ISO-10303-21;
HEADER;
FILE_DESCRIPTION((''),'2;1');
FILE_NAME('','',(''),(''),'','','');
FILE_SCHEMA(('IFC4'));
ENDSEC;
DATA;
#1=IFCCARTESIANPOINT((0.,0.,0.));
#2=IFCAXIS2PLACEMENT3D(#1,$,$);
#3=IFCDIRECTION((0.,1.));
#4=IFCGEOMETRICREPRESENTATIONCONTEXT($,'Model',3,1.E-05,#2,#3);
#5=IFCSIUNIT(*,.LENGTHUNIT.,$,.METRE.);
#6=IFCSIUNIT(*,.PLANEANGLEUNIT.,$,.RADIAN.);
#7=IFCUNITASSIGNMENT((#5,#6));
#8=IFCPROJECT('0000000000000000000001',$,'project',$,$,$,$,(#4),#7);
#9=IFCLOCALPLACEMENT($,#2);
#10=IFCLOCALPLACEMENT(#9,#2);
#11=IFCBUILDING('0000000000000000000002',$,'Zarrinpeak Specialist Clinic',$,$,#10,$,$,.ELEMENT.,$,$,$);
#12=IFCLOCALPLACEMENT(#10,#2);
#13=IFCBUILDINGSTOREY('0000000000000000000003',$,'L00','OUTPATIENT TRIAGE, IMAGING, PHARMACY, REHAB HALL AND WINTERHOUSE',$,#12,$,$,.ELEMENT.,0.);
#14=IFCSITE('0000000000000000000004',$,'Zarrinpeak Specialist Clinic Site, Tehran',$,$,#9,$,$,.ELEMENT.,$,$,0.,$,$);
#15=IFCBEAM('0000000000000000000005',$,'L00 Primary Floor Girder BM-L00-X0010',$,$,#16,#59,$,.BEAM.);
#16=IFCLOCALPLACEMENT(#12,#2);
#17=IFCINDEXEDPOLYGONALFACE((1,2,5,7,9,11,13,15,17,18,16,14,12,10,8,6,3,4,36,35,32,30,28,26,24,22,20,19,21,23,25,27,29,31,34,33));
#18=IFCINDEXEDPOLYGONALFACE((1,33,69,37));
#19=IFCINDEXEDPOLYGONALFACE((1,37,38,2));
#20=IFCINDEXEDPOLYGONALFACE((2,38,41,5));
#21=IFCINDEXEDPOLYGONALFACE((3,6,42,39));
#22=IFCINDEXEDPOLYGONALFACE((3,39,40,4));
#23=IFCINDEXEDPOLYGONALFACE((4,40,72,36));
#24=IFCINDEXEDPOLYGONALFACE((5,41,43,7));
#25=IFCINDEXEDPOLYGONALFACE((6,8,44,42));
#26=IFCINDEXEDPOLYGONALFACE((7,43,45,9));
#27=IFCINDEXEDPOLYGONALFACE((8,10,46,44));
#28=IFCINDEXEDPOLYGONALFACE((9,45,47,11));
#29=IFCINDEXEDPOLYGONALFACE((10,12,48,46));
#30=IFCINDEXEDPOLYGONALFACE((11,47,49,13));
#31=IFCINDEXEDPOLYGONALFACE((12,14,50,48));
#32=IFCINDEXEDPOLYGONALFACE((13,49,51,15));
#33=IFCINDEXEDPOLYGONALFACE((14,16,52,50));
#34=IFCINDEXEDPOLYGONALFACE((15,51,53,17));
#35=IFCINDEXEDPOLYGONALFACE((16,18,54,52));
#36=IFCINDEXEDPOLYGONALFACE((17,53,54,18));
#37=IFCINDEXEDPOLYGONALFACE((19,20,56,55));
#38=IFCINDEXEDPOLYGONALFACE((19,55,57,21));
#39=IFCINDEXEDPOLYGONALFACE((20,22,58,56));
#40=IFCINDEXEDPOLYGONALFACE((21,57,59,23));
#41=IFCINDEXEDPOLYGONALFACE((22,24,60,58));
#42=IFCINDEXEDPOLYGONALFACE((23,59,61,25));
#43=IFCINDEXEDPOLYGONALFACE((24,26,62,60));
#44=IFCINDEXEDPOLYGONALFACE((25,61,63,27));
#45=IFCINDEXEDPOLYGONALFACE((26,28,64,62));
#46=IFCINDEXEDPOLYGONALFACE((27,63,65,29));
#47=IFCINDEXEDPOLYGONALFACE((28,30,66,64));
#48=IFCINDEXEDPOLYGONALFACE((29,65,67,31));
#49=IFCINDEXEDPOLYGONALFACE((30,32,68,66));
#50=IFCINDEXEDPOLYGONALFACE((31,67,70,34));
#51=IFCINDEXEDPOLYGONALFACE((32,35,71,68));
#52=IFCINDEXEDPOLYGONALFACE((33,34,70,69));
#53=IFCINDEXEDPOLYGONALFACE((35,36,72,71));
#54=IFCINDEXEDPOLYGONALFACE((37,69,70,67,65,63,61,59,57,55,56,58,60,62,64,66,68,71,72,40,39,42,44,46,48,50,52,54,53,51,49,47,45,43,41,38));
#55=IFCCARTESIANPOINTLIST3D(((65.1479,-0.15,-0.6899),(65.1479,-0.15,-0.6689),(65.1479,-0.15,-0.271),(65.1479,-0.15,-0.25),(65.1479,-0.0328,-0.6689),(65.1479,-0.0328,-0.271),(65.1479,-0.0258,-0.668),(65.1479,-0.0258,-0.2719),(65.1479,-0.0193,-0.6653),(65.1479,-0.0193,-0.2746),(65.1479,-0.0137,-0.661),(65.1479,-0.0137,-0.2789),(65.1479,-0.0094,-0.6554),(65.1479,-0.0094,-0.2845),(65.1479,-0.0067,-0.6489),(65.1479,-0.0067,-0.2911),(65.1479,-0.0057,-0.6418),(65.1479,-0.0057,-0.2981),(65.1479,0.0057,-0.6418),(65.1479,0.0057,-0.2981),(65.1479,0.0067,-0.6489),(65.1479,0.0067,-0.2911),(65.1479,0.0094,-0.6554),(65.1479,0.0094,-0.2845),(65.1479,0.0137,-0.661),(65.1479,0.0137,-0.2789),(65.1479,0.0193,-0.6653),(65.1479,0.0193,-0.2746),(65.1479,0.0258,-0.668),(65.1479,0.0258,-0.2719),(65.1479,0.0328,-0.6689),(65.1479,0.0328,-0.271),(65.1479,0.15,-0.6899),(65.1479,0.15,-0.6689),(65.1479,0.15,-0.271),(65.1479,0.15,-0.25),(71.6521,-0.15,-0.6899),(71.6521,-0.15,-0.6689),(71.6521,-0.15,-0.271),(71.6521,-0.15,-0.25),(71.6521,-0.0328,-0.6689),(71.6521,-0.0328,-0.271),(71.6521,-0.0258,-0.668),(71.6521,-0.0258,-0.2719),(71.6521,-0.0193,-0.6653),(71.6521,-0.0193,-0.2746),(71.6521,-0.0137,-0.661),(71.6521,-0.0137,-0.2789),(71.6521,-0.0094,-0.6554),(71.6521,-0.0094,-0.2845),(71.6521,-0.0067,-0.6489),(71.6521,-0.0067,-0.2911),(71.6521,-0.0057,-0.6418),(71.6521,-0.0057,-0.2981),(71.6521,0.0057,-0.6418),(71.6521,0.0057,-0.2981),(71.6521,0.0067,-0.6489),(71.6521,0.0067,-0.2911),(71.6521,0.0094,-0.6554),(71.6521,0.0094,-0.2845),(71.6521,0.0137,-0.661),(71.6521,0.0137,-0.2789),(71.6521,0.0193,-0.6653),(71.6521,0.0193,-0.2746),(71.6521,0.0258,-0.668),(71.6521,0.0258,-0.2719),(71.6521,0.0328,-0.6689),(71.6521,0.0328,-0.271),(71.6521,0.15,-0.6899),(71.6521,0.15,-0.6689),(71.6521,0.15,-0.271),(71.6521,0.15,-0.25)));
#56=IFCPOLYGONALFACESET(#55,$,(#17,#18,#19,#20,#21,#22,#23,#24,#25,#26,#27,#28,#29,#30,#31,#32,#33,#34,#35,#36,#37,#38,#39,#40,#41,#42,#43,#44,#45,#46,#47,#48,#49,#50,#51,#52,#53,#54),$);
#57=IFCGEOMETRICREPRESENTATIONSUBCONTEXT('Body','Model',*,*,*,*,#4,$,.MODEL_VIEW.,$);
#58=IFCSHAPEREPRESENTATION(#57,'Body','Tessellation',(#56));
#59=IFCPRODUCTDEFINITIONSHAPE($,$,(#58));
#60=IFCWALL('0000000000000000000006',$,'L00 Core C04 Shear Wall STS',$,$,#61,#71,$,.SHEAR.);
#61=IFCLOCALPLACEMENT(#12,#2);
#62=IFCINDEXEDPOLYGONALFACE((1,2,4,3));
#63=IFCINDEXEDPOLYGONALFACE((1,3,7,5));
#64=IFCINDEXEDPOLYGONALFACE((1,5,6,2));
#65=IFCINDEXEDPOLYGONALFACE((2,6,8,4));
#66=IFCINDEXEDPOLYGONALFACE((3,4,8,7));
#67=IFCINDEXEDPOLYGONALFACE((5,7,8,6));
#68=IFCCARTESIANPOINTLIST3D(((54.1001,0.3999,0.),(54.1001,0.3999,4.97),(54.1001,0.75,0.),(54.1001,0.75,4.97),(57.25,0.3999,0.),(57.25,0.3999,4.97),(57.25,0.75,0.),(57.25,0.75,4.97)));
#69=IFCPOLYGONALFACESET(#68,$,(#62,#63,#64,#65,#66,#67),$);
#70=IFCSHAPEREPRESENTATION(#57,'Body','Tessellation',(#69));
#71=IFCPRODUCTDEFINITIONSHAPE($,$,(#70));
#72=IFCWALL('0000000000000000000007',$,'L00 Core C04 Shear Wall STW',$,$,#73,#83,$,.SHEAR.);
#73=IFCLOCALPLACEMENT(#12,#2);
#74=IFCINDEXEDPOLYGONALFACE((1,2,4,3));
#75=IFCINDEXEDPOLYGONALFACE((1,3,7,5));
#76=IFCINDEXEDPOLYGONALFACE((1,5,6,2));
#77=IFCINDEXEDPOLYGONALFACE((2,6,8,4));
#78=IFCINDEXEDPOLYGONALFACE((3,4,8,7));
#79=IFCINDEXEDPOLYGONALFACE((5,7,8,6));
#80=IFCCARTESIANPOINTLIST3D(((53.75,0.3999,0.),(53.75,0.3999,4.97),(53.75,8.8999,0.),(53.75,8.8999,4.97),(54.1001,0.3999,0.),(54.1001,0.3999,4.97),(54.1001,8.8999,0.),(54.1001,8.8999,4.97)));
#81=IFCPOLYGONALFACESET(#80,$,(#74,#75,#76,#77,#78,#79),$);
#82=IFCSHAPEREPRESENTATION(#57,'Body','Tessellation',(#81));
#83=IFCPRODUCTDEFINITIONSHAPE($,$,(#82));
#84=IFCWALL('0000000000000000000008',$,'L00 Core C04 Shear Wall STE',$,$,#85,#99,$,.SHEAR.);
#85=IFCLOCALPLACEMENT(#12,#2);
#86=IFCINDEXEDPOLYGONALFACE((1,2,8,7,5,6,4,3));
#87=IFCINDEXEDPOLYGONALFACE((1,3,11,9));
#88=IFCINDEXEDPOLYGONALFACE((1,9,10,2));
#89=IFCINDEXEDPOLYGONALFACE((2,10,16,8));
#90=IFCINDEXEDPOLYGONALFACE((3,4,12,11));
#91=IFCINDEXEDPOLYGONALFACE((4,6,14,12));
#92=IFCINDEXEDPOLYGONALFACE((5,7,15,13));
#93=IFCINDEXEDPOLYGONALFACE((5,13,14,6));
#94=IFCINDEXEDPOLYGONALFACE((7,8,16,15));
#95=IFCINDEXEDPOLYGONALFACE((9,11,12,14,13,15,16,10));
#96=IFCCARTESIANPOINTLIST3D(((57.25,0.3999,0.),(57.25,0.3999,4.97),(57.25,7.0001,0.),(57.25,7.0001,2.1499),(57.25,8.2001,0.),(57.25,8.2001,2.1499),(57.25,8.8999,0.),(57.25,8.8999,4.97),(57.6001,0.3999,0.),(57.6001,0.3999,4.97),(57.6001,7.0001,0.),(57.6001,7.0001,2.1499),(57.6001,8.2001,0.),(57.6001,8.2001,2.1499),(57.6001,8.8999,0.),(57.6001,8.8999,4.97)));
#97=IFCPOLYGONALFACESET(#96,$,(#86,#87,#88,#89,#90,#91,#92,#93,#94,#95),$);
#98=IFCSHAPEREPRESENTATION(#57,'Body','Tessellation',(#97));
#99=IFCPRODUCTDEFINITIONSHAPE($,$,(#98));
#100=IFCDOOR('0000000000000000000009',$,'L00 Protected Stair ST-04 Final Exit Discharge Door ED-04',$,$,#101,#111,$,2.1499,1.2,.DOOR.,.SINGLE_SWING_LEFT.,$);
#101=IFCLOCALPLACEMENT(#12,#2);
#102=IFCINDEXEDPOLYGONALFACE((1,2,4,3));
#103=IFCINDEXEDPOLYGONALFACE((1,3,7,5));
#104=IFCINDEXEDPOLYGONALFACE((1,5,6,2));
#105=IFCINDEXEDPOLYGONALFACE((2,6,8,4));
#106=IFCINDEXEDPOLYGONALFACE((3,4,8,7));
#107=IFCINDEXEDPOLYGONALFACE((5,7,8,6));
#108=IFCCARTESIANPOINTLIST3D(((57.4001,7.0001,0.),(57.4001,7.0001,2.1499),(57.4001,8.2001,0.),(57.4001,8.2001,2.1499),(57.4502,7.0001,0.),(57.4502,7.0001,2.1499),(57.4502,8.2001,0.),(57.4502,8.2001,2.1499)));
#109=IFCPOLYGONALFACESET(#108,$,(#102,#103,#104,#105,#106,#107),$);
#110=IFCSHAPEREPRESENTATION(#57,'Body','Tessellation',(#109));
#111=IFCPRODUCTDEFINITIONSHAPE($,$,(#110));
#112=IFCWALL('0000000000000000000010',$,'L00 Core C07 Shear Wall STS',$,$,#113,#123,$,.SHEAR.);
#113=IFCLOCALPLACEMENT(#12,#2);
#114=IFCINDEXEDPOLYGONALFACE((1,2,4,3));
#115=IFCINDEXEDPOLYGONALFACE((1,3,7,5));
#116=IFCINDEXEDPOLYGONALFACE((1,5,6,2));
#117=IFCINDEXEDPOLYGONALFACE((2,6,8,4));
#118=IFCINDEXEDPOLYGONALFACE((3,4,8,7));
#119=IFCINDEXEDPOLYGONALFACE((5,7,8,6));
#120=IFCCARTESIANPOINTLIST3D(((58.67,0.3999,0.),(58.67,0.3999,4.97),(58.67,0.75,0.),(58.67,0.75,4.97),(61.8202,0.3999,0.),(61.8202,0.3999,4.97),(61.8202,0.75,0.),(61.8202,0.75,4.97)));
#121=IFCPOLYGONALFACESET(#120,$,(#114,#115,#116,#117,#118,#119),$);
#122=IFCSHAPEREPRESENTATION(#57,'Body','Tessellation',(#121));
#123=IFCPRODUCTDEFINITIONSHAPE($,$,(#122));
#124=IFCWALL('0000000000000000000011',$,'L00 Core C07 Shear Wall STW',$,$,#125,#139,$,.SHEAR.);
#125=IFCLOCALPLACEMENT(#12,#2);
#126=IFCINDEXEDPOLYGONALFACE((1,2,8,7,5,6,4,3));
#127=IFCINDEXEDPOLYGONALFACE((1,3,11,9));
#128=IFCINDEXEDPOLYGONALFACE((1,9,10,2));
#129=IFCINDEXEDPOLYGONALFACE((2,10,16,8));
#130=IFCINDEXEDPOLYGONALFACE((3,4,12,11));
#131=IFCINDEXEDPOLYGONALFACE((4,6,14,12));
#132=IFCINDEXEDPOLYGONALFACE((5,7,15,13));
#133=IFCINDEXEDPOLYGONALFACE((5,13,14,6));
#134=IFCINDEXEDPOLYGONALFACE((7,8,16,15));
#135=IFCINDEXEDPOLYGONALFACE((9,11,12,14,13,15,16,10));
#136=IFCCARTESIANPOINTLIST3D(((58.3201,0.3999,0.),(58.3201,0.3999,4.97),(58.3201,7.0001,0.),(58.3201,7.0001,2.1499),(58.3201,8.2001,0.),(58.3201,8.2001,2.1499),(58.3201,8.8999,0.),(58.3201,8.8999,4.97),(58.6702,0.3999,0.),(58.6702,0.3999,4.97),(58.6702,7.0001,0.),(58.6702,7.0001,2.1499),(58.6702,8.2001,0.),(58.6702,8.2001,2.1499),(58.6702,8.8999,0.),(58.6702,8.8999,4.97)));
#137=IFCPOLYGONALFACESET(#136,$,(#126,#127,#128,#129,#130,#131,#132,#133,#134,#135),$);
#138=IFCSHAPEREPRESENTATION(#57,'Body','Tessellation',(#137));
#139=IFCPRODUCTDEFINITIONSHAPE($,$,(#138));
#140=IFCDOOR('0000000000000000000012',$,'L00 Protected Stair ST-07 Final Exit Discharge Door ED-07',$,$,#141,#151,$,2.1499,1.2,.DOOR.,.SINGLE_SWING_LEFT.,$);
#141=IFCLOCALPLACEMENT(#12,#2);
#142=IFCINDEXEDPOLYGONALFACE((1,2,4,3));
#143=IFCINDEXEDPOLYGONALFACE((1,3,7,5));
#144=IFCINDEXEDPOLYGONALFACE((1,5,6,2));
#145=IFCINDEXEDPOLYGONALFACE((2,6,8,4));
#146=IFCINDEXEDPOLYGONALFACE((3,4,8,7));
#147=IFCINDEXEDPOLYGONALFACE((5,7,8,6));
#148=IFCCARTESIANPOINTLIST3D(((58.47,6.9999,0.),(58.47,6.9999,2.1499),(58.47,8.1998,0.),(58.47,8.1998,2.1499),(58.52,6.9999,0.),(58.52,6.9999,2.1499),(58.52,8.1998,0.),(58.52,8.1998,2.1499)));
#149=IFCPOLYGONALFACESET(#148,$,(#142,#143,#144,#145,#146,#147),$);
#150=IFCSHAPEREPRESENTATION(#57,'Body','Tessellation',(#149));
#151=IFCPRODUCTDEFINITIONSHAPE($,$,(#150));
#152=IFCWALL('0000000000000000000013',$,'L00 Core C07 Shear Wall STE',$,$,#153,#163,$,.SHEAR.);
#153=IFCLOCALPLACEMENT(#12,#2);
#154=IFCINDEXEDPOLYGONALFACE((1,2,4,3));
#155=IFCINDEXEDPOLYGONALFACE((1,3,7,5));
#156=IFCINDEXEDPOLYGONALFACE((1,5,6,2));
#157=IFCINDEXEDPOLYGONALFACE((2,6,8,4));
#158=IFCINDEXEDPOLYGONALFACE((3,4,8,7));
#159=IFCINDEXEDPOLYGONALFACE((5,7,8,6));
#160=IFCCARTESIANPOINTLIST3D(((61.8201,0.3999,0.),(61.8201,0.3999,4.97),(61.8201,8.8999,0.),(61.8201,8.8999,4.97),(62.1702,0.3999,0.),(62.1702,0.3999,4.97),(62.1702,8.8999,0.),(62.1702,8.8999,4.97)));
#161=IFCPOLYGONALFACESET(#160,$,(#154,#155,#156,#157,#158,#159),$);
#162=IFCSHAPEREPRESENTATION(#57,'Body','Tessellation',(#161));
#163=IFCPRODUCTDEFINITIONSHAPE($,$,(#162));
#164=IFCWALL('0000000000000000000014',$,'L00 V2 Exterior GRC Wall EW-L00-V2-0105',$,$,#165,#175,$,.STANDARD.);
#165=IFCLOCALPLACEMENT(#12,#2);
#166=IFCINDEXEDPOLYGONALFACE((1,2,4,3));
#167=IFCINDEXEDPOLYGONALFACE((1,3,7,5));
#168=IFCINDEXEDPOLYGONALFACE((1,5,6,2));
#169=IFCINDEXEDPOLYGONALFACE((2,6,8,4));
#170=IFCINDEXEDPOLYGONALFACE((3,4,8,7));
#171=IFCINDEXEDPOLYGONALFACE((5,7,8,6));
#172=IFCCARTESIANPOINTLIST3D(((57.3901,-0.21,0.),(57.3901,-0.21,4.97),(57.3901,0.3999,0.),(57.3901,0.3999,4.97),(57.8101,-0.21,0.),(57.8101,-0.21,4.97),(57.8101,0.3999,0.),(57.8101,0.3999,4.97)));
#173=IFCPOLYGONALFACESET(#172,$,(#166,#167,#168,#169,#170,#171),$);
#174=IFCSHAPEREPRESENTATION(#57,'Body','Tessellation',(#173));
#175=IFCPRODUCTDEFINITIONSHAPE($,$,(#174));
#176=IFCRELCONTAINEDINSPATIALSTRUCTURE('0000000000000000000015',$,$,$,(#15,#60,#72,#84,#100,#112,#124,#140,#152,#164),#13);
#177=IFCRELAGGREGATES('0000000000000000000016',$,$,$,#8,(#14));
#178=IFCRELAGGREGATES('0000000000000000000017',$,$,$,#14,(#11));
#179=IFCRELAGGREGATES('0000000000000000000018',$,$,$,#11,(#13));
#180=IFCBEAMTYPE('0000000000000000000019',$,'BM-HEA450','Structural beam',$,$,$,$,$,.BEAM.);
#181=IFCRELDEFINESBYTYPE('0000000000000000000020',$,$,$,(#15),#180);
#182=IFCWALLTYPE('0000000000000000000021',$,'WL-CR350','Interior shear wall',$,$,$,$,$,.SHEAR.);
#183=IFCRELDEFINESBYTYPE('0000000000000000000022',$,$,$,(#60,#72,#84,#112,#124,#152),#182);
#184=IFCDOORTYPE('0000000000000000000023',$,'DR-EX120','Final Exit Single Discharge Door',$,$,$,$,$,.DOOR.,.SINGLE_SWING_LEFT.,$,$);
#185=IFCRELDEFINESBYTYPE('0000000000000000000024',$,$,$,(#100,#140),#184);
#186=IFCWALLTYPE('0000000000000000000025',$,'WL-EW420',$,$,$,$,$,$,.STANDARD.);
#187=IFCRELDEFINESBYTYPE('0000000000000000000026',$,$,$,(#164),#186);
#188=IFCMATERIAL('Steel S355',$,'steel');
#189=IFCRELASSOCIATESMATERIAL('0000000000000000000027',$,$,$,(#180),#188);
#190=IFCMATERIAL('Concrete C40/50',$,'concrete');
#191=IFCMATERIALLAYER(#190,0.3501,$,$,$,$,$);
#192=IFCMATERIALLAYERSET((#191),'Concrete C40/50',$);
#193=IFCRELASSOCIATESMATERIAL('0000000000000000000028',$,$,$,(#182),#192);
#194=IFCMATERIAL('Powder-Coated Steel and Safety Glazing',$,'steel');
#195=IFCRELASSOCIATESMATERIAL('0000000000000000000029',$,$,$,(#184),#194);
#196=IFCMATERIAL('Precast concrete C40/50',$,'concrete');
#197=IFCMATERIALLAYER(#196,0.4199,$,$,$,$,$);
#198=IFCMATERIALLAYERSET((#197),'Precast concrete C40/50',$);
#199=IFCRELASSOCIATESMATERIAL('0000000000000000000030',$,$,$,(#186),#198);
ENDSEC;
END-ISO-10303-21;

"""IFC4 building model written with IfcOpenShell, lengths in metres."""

from ifc_helpers import new_model, si_unit, direction, frame, frame_2d, origin, origin_2d, place, context, subcontext, project, spatial, rectangle, i_section, extrude, material, layer, layer_set, material_profile, profile_set, type_object, element, fill, save


model = new_model("IFC4")

# Units and contexts
model_context = context("Model", 3, precision=1e-05, world=origin(), true_north=direction((0.0, 1.0)))
body_context = subcontext(model_context, "Body", "Model", "MODEL_VIEW")
ifc_project = project(units=[si_unit("LENGTHUNIT", "METRE"), si_unit("PLANEANGLEUNIT", "RADIAN")], contexts=[model_context])

# Site, building, storey
site_placement = place(None, origin())
site = spatial("IfcSite", under=ifc_project, at=site_placement, Name="Zarrinpeak Specialist Clinic Site, Tehran", CompositionType="ELEMENT", RefElevation=0.0)
building_placement = place(site_placement, origin())
building = spatial("IfcBuilding", under=site, at=building_placement, Name="Zarrinpeak Specialist Clinic", CompositionType="ELEMENT")
storey_placement = place(building_placement, origin())
storey = spatial("IfcBuildingStorey", under=building, at=storey_placement, Name="L00", Description="OUTPATIENT TRIAGE, IMAGING, PHARMACY, REHAB HALL AND WINTERHOUSE", CompositionType="ELEMENT", Elevation=0.0)

# Shared definitions
ifc_material_1 = material(Name="Steel S355", Category="steel")

# Beam
ifc_material_profile_1 = material_profile(ifc_material_1, i_section(OverallWidth=0.3, OverallDepth=0.4399, WebThickness=0.0115, FlangeThickness=0.021, FilletRadius=0.0271, at=origin_2d()), Name="HEA 450")
ifc_profile_set_1 = profile_set([ifc_material_profile_1], Name="Steel S355")
beam_type = type_object("IfcBeamType", Name="BM-HEA450", Description="Structural beam", PredefinedType="BEAM", material=ifc_profile_set_1)
beam_1_placement = place(storey_placement, frame((65.1479, 0.0, -0.47), z_axis=(1.0, 0.0, 0.0), x_axis=(0.0, 1.0, 0.0)))
element("IfcBeam", 1, at=beam_1_placement, inside=storey, type_object=beam_type, Name="L00 Primary Floor Girder BM-L00-X0010", PredefinedType="BEAM", context=body_context, shape_type="SweptSolid", body=[
    extrude(i_section(OverallWidth=0.3, OverallDepth=0.4399, WebThickness=0.0115, FlangeThickness=0.021, FilletRadius=0.0271, at=origin_2d()), origin(), (0.0, 0.0, 1.0), 6.5042),
])

# Walls
ifc_material_2 = material(Name="Concrete C40/50", Category="concrete")
ifc_layer_1 = layer(ifc_material_2, 0.3501)
ifc_layer_set_1 = layer_set([ifc_layer_1], Name="Concrete C40/50")
wall_type_1 = type_object("IfcWallType", Name="WL-CR350", Description="Interior shear wall", PredefinedType="SHEAR", material=ifc_layer_set_1)
wall_1_placement = place(storey_placement, frame((54.1001, 0.575, 0.0), z_axis=(0.0, 0.0, 1.0), x_axis=(1.0, 0.0, 0.0)))
element("IfcWall", 2, at=wall_1_placement, inside=storey, type_object=wall_type_1, Name="L00 Core C04 Shear Wall STS", PredefinedType="SHEAR", context=body_context, shape_type="SweptSolid", body=[
    extrude(rectangle(XDim=3.1499, YDim=0.3501, at=frame_2d((1.575, 0.0))), origin(), (0.0, 0.0, 1.0), 4.97),
])
wall_2_placement = place(storey_placement, frame((53.925, 0.3999, 0.0), z_axis=(0.0, 0.0, 1.0), x_axis=(0.0, 1.0, 0.0)))
element("IfcWall", 3, at=wall_2_placement, inside=storey, type_object=wall_type_1, Name="L00 Core C04 Shear Wall STW", PredefinedType="SHEAR", context=body_context, shape_type="SweptSolid", body=[
    extrude(rectangle(XDim=8.5, YDim=0.3501, at=frame_2d((4.25, 0.0))), origin(), (0.0, 0.0, 1.0), 4.97),
])

# Wall, opening, door
wall_3_placement = place(storey_placement, frame((57.425, 0.3999, 0.0), z_axis=(0.0, 0.0, 1.0), x_axis=(0.0, 1.0, 0.0)))
wall_3 = element("IfcWall", 4, at=wall_3_placement, inside=storey, type_object=wall_type_1, Name="L00 Core C04 Shear Wall STE", PredefinedType="SHEAR", context=body_context, shape_type="SweptSolid", body=[
    extrude(rectangle(XDim=8.5, YDim=0.3501, at=frame_2d((4.25, 0.0))), origin(), (0.0, 0.0, 1.0), 4.97),
])
opening_1_placement = place(wall_3_placement, frame((6.6001, 0.0, 0.0)))
opening_1 = element("IfcOpeningElement", 5, at=opening_1_placement, cuts=wall_3, PredefinedType="OPENING", context=body_context, shape_type="SweptSolid", body=[
    extrude(rectangle(XDim=1.2, YDim=2.1499, at=frame_2d((0.6001, 1.075))), frame((0.0, 0.1851, 0.0), z_axis=(0.0, -1.0, 0.0), x_axis=(1.0, 0.0, 0.0)), (0.0, 0.0, 1.0), 0.3701),
])
ifc_material_3 = material(Name="Powder-Coated Steel and Safety Glazing", Category="steel")
door_type_1 = type_object("IfcDoorType", Name="DR-EX120", Description="Final Exit Single Discharge Door", OperationType="SINGLE_SWING_LEFT", PredefinedType="DOOR", material=ifc_material_3)
door_1_placement = place(opening_1_placement, origin())
door_1 = element("IfcDoor", 6, at=door_1_placement, inside=storey, type_object=door_type_1, Name="L00 Protected Stair ST-04 Final Exit Discharge Door ED-04", OperationType="SINGLE_SWING_LEFT", OverallHeight=2.1499, OverallWidth=1.2, PredefinedType="DOOR", context=body_context, shape_type="SweptSolid", body=[
    extrude(rectangle(XDim=1.2, YDim=2.1499, at=frame_2d((0.6001, 1.075))), frame((0.0, 0.0249, 0.0), z_axis=(0.0, -1.0, 0.0), x_axis=(1.0, 0.0, 0.0)), (0.0, 0.0, 1.0), 0.05),
])
fill(opening_1, door_1)

# Wall
wall_4_placement = place(storey_placement, frame((58.6699, 0.575, 0.0), z_axis=(0.0, 0.0, 1.0), x_axis=(1.0, 0.0, 0.0)))
element("IfcWall", 7, at=wall_4_placement, inside=storey, type_object=wall_type_1, Name="L00 Core C07 Shear Wall STS", PredefinedType="SHEAR", context=body_context, shape_type="SweptSolid", body=[
    extrude(rectangle(XDim=3.1501, YDim=0.3501, at=frame_2d((1.5752, 0.0))), origin(), (0.0, 0.0, 1.0), 4.97),
])

# Wall, opening, door
wall_5_placement = place(storey_placement, frame((58.4951, 0.3999, 0.0), z_axis=(0.0, 0.0, 1.0), x_axis=(0.0, 1.0, 0.0)))
wall_5 = element("IfcWall", 8, at=wall_5_placement, inside=storey, type_object=wall_type_1, Name="L00 Core C07 Shear Wall STW", PredefinedType="SHEAR", context=body_context, shape_type="SweptSolid", body=[
    extrude(rectangle(XDim=8.5, YDim=0.3501, at=frame_2d((4.25, 0.0))), origin(), (0.0, 0.0, 1.0), 4.97),
])
opening_2_placement = place(wall_5_placement, frame((6.6001, 0.0, 0.0)))
opening_2 = element("IfcOpeningElement", 9, at=opening_2_placement, cuts=wall_5, PredefinedType="OPENING", context=body_context, shape_type="SweptSolid", body=[
    extrude(rectangle(XDim=1.2, YDim=2.1499, at=frame_2d((0.6001, 1.075))), frame((0.0, 0.1851, 0.0), z_axis=(0.0, -1.0, 0.0), x_axis=(1.0, 0.0, 0.0)), (0.0, 0.0, 1.0), 0.3701),
])
door_2_placement = place(opening_2_placement, frame((1.2, 0.0, 0.0), z_axis=(0.0, 0.0, 1.0), x_axis=(-1.0, 0.0, 0.0)))
door_2 = element("IfcDoor", 10, at=door_2_placement, inside=storey, type_object=door_type_1, Name="L00 Protected Stair ST-07 Final Exit Discharge Door ED-07", OperationType="SINGLE_SWING_LEFT", OverallHeight=2.1499, OverallWidth=1.2, PredefinedType="DOOR", context=body_context, shape_type="SweptSolid", body=[
    extrude(rectangle(XDim=1.2, YDim=2.1499, at=frame_2d((0.6001, 1.075))), frame((0.0, 0.0249, 0.0), z_axis=(0.0, -1.0, 0.0), x_axis=(1.0, 0.0, 0.0)), (0.0, 0.0, 1.0), 0.05),
])
fill(opening_2, door_2)

# Walls
wall_6_placement = place(storey_placement, frame((61.9951, 0.3999, 0.0), z_axis=(0.0, 0.0, 1.0), x_axis=(0.0, 1.0, 0.0)))
element("IfcWall", 11, at=wall_6_placement, inside=storey, type_object=wall_type_1, Name="L00 Core C07 Shear Wall STE", PredefinedType="SHEAR", context=body_context, shape_type="SweptSolid", body=[
    extrude(rectangle(XDim=8.5, YDim=0.3501, at=frame_2d((4.25, 0.0))), origin(), (0.0, 0.0, 1.0), 4.97),
])
ifc_material_4 = material(Name="Precast concrete C40/50", Category="concrete")
ifc_layer_2 = layer(ifc_material_4, 0.4199)
ifc_layer_set_2 = layer_set([ifc_layer_2], Name="Precast concrete C40/50")
wall_type_2 = type_object("IfcWallType", Name="WL-EW420", PredefinedType="STANDARD", material=ifc_layer_set_2)
wall_7_placement = place(storey_placement, frame((57.6001, -0.21, 0.0), z_axis=(0.0, 0.0, 1.0), x_axis=(0.0, 1.0, 0.0)))
element("IfcWall", 12, at=wall_7_placement, inside=storey, type_object=wall_type_2, Name="L00 V2 Exterior GRC Wall EW-L00-V2-0105", PredefinedType="STANDARD", context=body_context, shape_type="SweptSolid", body=[
    extrude(rectangle(XDim=0.6099, YDim=0.4199, at=frame_2d((0.3049, 0.0))), origin(), (0.0, 0.0, 1.0), 4.97),
])

save(model, "model.ifc")
